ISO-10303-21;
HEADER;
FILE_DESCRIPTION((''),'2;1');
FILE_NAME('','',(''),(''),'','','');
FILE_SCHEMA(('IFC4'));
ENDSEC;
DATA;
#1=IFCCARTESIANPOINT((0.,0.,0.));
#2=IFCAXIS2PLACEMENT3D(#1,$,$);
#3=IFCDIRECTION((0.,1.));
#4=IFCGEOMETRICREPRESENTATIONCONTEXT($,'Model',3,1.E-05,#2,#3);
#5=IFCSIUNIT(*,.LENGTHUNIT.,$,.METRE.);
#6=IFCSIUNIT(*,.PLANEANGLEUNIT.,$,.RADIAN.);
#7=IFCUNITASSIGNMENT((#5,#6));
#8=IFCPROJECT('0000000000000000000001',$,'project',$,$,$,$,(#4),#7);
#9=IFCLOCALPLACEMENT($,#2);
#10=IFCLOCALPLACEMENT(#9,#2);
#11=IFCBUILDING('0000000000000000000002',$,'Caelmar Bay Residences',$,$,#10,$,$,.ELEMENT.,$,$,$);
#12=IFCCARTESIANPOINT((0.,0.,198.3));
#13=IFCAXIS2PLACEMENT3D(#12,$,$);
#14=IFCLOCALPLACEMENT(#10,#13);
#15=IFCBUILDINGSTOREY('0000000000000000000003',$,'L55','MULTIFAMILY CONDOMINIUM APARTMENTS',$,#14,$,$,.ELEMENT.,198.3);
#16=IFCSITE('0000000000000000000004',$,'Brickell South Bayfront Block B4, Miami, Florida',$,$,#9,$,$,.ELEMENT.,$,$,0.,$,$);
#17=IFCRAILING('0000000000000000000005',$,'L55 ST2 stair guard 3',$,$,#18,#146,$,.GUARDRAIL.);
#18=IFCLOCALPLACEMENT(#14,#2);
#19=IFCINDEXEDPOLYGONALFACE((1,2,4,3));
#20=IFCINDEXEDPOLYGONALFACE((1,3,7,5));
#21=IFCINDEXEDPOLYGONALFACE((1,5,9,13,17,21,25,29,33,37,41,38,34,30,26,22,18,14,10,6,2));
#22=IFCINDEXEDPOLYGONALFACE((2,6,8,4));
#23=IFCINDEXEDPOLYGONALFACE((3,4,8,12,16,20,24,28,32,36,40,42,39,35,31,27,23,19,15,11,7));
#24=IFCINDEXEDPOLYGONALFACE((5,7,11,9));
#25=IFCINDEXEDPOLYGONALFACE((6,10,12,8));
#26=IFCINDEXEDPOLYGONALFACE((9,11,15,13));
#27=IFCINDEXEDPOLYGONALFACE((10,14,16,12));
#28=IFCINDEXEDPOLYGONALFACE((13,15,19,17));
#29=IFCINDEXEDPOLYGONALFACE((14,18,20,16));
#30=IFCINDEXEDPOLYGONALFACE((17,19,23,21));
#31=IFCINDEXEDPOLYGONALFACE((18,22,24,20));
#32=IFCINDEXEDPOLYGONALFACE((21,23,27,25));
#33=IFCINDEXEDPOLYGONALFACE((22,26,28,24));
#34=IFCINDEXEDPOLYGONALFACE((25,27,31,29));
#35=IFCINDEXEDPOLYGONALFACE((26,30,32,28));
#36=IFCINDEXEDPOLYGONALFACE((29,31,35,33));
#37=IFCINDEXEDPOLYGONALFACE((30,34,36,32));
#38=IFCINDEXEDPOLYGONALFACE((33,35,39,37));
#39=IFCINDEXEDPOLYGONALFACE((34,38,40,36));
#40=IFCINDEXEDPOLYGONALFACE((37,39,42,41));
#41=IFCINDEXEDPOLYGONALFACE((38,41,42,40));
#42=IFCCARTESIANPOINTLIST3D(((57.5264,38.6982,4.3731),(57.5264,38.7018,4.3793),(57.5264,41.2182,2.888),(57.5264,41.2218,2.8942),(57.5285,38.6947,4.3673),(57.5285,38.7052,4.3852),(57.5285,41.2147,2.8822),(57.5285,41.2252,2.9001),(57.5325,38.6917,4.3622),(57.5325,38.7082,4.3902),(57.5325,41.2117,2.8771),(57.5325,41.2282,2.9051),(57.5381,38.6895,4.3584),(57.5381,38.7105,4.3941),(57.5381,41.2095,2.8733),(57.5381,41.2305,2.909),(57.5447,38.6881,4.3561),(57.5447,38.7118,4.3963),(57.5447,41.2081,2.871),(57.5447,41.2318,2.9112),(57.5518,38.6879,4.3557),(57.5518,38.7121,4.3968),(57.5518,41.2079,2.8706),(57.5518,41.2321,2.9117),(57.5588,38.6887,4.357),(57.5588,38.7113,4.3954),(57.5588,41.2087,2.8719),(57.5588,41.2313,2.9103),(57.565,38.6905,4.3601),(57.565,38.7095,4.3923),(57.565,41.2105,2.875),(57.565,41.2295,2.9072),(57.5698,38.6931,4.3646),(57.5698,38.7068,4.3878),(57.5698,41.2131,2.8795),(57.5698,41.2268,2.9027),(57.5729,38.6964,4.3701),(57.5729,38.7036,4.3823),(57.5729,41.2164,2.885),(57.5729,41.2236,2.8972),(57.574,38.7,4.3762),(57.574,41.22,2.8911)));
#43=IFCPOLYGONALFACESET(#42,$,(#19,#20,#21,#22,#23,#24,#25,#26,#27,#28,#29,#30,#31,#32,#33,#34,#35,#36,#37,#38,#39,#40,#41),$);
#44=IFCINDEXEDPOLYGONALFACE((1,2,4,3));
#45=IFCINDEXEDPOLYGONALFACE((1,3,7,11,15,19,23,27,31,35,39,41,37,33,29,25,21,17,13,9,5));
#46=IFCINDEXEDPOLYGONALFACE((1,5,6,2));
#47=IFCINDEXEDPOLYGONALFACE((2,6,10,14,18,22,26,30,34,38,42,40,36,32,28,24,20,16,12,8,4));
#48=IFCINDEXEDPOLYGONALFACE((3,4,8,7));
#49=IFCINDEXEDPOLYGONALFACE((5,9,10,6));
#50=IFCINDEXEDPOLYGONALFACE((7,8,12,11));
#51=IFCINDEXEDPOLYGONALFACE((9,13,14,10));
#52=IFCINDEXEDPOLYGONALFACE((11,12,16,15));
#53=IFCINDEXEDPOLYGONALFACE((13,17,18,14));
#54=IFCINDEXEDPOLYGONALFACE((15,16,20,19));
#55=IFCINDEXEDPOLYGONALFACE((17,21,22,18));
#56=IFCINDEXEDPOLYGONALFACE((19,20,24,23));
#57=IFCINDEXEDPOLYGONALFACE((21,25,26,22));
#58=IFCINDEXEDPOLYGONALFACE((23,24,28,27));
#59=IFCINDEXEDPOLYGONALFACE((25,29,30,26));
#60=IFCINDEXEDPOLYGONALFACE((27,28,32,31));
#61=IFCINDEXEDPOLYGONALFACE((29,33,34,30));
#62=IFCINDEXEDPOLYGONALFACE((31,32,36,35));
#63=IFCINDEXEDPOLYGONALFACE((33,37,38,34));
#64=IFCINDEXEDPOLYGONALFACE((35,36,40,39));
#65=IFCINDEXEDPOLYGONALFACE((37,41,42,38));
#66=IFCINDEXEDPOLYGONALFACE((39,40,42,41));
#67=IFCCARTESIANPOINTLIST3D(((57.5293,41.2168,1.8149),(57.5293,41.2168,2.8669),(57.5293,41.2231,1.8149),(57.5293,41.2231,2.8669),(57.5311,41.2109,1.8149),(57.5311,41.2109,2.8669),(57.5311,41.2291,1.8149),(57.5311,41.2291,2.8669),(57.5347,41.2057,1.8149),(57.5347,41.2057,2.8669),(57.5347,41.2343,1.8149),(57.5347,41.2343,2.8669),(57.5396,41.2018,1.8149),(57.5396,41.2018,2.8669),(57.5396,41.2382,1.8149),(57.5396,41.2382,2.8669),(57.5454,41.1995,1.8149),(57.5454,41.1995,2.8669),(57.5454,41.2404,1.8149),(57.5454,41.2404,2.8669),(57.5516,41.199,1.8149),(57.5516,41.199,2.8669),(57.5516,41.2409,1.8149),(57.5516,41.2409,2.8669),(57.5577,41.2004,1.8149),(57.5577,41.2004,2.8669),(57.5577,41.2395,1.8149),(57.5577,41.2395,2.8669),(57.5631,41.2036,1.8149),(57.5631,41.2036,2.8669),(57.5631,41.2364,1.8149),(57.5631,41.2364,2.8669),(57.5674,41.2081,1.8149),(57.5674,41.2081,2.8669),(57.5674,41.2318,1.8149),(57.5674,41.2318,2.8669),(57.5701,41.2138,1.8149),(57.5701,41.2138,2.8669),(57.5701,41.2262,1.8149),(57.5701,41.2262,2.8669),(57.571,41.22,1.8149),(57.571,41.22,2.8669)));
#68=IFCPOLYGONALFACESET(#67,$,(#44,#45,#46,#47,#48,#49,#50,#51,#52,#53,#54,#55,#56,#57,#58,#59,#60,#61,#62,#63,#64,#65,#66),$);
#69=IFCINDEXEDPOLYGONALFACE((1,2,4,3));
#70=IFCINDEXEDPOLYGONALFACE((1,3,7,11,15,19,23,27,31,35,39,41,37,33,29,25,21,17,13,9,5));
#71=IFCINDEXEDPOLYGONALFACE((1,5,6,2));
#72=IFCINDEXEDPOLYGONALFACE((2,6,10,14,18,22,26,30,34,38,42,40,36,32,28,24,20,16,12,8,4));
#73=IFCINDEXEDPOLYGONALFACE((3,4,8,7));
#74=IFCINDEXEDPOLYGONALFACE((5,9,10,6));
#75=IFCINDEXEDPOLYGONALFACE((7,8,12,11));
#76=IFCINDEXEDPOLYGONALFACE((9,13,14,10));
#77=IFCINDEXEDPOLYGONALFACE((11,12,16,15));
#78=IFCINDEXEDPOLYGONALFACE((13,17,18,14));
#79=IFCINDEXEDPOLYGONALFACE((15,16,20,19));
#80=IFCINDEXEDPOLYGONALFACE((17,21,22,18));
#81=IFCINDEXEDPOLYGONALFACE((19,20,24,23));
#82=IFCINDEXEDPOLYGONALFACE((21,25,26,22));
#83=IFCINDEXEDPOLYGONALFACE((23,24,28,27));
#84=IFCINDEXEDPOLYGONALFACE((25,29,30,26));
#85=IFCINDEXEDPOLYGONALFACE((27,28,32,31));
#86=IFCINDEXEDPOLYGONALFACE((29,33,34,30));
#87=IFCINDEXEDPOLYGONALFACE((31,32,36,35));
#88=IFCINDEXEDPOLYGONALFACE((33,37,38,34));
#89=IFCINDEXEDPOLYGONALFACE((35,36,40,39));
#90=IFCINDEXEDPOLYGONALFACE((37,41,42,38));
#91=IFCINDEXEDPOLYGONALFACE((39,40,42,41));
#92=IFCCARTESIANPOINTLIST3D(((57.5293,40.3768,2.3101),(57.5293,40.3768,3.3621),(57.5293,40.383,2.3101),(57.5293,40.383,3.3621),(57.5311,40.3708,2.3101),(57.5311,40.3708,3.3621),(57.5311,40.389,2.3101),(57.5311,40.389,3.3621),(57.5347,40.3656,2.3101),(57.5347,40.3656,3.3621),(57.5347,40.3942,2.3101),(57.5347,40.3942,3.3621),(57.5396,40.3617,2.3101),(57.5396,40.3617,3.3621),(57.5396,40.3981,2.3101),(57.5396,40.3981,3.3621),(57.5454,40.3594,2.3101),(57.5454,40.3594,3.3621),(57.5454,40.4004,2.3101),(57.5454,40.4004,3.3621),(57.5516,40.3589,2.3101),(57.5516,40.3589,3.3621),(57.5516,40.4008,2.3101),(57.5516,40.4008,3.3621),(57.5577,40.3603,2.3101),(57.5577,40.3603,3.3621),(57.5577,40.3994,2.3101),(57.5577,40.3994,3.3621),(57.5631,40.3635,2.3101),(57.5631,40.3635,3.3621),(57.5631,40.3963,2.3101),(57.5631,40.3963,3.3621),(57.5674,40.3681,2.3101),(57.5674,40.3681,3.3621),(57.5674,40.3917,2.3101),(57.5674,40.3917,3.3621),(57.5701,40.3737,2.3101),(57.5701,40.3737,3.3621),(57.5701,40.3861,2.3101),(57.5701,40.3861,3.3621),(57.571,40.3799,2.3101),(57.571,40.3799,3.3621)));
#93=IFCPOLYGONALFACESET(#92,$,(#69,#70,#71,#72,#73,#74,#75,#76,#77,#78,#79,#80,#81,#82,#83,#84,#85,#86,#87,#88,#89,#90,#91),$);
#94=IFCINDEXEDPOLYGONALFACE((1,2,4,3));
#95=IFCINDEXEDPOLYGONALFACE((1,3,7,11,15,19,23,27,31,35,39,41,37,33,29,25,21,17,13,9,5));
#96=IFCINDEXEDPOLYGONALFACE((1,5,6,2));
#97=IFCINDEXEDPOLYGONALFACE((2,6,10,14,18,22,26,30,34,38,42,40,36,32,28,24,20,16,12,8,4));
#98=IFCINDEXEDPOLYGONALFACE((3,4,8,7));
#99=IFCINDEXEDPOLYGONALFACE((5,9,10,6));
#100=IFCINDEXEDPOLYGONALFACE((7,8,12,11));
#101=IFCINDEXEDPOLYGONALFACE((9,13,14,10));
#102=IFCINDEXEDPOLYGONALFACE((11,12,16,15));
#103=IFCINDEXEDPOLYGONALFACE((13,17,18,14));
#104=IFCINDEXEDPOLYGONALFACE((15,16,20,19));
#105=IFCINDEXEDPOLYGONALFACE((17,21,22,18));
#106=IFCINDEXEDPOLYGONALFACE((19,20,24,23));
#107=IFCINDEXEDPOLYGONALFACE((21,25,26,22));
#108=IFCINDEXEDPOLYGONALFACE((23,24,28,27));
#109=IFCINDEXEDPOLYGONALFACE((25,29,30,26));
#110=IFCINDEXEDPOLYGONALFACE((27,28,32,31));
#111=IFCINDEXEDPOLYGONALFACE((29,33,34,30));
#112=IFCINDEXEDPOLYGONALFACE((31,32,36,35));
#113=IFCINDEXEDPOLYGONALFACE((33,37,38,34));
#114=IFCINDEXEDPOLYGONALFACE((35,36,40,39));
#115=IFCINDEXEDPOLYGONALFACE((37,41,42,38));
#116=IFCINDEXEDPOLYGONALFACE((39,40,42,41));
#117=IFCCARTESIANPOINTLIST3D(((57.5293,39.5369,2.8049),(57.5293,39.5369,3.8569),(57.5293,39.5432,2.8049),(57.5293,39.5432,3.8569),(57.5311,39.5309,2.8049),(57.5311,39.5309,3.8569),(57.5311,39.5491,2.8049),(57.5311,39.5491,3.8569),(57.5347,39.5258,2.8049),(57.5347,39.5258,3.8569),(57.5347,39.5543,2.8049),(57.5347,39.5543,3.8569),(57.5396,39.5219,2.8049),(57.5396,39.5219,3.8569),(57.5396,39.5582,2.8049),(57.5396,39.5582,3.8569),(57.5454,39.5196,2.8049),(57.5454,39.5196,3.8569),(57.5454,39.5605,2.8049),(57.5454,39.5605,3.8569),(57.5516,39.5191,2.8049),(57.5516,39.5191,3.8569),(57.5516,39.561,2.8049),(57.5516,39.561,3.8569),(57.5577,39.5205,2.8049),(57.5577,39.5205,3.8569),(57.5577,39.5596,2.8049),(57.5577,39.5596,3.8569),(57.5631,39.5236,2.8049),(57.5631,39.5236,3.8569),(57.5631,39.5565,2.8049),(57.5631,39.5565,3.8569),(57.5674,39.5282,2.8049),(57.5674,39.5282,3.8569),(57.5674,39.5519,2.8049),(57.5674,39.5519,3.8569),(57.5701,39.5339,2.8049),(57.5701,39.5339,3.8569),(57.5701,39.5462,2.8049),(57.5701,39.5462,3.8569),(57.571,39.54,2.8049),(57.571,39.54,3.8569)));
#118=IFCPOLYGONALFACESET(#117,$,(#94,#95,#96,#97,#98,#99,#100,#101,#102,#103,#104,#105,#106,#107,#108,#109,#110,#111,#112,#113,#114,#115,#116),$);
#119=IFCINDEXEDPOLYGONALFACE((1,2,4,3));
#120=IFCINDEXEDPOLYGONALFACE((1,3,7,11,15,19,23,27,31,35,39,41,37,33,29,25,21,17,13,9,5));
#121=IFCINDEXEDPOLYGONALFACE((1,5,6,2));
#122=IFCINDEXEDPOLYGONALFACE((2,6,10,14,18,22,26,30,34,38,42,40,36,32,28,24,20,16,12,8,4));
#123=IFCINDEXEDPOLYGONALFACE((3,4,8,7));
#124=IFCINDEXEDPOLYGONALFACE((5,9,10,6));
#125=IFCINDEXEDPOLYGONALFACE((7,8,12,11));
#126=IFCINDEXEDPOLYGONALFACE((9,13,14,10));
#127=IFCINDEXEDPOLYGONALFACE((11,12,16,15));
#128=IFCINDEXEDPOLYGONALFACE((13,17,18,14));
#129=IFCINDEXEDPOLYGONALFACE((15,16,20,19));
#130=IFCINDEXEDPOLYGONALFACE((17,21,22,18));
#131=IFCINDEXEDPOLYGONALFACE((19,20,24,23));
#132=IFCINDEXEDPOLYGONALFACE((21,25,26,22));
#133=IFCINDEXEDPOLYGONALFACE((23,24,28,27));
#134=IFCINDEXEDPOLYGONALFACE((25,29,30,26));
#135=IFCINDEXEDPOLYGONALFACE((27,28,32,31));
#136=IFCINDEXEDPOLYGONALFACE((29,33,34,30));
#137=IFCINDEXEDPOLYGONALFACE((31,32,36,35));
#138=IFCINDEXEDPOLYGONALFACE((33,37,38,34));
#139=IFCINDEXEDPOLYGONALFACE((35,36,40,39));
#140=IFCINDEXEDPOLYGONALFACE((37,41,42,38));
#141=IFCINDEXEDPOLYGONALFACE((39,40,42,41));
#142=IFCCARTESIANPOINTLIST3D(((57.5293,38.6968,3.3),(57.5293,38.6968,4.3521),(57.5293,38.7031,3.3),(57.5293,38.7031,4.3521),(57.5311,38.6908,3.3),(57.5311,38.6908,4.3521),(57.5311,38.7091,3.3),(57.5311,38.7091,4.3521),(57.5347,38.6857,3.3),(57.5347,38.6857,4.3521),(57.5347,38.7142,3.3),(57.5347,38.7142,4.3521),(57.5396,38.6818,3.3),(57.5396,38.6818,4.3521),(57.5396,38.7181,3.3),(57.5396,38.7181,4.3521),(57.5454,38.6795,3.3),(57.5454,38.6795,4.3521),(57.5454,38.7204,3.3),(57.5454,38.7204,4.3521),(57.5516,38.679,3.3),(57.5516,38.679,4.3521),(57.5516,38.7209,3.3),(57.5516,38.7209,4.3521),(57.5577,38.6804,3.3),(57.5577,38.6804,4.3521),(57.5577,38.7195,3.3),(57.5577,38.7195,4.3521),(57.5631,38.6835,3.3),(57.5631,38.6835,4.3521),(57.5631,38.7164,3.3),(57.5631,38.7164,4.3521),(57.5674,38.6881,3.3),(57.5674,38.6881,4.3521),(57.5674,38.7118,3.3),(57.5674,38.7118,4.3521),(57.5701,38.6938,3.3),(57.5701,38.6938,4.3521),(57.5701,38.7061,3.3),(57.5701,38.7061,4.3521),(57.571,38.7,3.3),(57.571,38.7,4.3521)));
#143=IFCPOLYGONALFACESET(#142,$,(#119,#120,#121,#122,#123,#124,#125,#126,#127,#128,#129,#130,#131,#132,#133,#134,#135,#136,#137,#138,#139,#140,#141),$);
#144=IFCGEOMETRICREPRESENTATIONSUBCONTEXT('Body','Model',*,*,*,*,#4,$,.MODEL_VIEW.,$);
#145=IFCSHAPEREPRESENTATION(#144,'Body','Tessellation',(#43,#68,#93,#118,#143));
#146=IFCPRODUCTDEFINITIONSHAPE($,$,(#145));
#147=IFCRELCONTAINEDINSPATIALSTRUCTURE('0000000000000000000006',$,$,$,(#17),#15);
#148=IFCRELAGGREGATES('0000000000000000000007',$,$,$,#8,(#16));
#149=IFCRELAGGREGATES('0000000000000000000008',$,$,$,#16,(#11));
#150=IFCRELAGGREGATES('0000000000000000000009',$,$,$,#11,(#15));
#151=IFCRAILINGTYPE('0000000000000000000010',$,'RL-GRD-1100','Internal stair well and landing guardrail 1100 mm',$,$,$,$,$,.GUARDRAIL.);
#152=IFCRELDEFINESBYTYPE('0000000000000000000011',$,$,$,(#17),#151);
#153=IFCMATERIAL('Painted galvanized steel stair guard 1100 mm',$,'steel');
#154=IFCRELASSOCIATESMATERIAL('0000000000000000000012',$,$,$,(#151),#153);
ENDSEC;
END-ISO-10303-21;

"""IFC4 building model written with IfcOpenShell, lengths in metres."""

from ifc_helpers import new_model, si_unit, direction, frame, origin, origin_2d, place, context, subcontext, project, spatial, circle, extrude, material, type_object, element, save


model = new_model("IFC4")

# Units and contexts
model_context = context("Model", 3, precision=1e-05, world=origin(), true_north=direction((0.0, 1.0)))
body_context = subcontext(model_context, "Body", "Model", "MODEL_VIEW")
ifc_project = project(units=[si_unit("LENGTHUNIT", "METRE"), si_unit("PLANEANGLEUNIT", "RADIAN")], contexts=[model_context])

# Site, building, storey
site_placement = place(None, origin())
site = spatial("IfcSite", under=ifc_project, at=site_placement, Name="Brickell South Bayfront Block B4, Miami, Florida", CompositionType="ELEMENT", RefElevation=0.0)
building_placement = place(site_placement, origin())
building = spatial("IfcBuilding", under=site, at=building_placement, Name="Caelmar Bay Residences", CompositionType="ELEMENT")
storey_placement = place(building_placement, frame((0.0, 0.0, 198.3)))
storey = spatial("IfcBuildingStorey", under=building, at=storey_placement, Name="L55", Description="MULTIFAMILY CONDOMINIUM APARTMENTS", CompositionType="ELEMENT", Elevation=198.3)

# Railing
ifc_material_1 = material(Name="Painted galvanized steel stair guard 1100 mm", Category="steel")
railing_type_1 = type_object("IfcRailingType", Name="RL-GRD-1100", Description="Internal stair well and landing guardrail 1100 mm", PredefinedType="GUARDRAIL", material=ifc_material_1)
railing_1_placement = place(storey_placement, frame((57.55, 41.22, 1.8149)))
element("IfcRailing", 1, at=railing_1_placement, inside=storey, type_object=railing_type_1, Name="L55 ST2 stair guard 3", PredefinedType="GUARDRAIL", context=body_context, shape_type="SweptSolid", body=[
    extrude(circle(Radius=0.0239, at=origin_2d()), frame((0.0, 0.0, 1.0762), z_axis=(0.0, -0.861524, 0.507717), x_axis=(1.0, 0.0, 0.0)), (0.0, 0.0, 1.0), 2.925),
    extrude(circle(Radius=0.021, at=origin_2d()), origin(), (0.0, 0.0, 1.0), 1.052),
    extrude(circle(Radius=0.021, at=origin_2d()), frame((0.0, -0.8401, 0.4951)), (0.0, 0.0, 1.0), 1.052),
    extrude(circle(Radius=0.021, at=origin_2d()), frame((0.0, -1.6799, 0.99)), (0.0, 0.0, 1.0), 1.052),
    extrude(circle(Radius=0.021, at=origin_2d()), frame((0.0, -2.52, 1.4851)), (0.0, 0.0, 1.0), 1.052),
])

save(model, "model.ifc")
